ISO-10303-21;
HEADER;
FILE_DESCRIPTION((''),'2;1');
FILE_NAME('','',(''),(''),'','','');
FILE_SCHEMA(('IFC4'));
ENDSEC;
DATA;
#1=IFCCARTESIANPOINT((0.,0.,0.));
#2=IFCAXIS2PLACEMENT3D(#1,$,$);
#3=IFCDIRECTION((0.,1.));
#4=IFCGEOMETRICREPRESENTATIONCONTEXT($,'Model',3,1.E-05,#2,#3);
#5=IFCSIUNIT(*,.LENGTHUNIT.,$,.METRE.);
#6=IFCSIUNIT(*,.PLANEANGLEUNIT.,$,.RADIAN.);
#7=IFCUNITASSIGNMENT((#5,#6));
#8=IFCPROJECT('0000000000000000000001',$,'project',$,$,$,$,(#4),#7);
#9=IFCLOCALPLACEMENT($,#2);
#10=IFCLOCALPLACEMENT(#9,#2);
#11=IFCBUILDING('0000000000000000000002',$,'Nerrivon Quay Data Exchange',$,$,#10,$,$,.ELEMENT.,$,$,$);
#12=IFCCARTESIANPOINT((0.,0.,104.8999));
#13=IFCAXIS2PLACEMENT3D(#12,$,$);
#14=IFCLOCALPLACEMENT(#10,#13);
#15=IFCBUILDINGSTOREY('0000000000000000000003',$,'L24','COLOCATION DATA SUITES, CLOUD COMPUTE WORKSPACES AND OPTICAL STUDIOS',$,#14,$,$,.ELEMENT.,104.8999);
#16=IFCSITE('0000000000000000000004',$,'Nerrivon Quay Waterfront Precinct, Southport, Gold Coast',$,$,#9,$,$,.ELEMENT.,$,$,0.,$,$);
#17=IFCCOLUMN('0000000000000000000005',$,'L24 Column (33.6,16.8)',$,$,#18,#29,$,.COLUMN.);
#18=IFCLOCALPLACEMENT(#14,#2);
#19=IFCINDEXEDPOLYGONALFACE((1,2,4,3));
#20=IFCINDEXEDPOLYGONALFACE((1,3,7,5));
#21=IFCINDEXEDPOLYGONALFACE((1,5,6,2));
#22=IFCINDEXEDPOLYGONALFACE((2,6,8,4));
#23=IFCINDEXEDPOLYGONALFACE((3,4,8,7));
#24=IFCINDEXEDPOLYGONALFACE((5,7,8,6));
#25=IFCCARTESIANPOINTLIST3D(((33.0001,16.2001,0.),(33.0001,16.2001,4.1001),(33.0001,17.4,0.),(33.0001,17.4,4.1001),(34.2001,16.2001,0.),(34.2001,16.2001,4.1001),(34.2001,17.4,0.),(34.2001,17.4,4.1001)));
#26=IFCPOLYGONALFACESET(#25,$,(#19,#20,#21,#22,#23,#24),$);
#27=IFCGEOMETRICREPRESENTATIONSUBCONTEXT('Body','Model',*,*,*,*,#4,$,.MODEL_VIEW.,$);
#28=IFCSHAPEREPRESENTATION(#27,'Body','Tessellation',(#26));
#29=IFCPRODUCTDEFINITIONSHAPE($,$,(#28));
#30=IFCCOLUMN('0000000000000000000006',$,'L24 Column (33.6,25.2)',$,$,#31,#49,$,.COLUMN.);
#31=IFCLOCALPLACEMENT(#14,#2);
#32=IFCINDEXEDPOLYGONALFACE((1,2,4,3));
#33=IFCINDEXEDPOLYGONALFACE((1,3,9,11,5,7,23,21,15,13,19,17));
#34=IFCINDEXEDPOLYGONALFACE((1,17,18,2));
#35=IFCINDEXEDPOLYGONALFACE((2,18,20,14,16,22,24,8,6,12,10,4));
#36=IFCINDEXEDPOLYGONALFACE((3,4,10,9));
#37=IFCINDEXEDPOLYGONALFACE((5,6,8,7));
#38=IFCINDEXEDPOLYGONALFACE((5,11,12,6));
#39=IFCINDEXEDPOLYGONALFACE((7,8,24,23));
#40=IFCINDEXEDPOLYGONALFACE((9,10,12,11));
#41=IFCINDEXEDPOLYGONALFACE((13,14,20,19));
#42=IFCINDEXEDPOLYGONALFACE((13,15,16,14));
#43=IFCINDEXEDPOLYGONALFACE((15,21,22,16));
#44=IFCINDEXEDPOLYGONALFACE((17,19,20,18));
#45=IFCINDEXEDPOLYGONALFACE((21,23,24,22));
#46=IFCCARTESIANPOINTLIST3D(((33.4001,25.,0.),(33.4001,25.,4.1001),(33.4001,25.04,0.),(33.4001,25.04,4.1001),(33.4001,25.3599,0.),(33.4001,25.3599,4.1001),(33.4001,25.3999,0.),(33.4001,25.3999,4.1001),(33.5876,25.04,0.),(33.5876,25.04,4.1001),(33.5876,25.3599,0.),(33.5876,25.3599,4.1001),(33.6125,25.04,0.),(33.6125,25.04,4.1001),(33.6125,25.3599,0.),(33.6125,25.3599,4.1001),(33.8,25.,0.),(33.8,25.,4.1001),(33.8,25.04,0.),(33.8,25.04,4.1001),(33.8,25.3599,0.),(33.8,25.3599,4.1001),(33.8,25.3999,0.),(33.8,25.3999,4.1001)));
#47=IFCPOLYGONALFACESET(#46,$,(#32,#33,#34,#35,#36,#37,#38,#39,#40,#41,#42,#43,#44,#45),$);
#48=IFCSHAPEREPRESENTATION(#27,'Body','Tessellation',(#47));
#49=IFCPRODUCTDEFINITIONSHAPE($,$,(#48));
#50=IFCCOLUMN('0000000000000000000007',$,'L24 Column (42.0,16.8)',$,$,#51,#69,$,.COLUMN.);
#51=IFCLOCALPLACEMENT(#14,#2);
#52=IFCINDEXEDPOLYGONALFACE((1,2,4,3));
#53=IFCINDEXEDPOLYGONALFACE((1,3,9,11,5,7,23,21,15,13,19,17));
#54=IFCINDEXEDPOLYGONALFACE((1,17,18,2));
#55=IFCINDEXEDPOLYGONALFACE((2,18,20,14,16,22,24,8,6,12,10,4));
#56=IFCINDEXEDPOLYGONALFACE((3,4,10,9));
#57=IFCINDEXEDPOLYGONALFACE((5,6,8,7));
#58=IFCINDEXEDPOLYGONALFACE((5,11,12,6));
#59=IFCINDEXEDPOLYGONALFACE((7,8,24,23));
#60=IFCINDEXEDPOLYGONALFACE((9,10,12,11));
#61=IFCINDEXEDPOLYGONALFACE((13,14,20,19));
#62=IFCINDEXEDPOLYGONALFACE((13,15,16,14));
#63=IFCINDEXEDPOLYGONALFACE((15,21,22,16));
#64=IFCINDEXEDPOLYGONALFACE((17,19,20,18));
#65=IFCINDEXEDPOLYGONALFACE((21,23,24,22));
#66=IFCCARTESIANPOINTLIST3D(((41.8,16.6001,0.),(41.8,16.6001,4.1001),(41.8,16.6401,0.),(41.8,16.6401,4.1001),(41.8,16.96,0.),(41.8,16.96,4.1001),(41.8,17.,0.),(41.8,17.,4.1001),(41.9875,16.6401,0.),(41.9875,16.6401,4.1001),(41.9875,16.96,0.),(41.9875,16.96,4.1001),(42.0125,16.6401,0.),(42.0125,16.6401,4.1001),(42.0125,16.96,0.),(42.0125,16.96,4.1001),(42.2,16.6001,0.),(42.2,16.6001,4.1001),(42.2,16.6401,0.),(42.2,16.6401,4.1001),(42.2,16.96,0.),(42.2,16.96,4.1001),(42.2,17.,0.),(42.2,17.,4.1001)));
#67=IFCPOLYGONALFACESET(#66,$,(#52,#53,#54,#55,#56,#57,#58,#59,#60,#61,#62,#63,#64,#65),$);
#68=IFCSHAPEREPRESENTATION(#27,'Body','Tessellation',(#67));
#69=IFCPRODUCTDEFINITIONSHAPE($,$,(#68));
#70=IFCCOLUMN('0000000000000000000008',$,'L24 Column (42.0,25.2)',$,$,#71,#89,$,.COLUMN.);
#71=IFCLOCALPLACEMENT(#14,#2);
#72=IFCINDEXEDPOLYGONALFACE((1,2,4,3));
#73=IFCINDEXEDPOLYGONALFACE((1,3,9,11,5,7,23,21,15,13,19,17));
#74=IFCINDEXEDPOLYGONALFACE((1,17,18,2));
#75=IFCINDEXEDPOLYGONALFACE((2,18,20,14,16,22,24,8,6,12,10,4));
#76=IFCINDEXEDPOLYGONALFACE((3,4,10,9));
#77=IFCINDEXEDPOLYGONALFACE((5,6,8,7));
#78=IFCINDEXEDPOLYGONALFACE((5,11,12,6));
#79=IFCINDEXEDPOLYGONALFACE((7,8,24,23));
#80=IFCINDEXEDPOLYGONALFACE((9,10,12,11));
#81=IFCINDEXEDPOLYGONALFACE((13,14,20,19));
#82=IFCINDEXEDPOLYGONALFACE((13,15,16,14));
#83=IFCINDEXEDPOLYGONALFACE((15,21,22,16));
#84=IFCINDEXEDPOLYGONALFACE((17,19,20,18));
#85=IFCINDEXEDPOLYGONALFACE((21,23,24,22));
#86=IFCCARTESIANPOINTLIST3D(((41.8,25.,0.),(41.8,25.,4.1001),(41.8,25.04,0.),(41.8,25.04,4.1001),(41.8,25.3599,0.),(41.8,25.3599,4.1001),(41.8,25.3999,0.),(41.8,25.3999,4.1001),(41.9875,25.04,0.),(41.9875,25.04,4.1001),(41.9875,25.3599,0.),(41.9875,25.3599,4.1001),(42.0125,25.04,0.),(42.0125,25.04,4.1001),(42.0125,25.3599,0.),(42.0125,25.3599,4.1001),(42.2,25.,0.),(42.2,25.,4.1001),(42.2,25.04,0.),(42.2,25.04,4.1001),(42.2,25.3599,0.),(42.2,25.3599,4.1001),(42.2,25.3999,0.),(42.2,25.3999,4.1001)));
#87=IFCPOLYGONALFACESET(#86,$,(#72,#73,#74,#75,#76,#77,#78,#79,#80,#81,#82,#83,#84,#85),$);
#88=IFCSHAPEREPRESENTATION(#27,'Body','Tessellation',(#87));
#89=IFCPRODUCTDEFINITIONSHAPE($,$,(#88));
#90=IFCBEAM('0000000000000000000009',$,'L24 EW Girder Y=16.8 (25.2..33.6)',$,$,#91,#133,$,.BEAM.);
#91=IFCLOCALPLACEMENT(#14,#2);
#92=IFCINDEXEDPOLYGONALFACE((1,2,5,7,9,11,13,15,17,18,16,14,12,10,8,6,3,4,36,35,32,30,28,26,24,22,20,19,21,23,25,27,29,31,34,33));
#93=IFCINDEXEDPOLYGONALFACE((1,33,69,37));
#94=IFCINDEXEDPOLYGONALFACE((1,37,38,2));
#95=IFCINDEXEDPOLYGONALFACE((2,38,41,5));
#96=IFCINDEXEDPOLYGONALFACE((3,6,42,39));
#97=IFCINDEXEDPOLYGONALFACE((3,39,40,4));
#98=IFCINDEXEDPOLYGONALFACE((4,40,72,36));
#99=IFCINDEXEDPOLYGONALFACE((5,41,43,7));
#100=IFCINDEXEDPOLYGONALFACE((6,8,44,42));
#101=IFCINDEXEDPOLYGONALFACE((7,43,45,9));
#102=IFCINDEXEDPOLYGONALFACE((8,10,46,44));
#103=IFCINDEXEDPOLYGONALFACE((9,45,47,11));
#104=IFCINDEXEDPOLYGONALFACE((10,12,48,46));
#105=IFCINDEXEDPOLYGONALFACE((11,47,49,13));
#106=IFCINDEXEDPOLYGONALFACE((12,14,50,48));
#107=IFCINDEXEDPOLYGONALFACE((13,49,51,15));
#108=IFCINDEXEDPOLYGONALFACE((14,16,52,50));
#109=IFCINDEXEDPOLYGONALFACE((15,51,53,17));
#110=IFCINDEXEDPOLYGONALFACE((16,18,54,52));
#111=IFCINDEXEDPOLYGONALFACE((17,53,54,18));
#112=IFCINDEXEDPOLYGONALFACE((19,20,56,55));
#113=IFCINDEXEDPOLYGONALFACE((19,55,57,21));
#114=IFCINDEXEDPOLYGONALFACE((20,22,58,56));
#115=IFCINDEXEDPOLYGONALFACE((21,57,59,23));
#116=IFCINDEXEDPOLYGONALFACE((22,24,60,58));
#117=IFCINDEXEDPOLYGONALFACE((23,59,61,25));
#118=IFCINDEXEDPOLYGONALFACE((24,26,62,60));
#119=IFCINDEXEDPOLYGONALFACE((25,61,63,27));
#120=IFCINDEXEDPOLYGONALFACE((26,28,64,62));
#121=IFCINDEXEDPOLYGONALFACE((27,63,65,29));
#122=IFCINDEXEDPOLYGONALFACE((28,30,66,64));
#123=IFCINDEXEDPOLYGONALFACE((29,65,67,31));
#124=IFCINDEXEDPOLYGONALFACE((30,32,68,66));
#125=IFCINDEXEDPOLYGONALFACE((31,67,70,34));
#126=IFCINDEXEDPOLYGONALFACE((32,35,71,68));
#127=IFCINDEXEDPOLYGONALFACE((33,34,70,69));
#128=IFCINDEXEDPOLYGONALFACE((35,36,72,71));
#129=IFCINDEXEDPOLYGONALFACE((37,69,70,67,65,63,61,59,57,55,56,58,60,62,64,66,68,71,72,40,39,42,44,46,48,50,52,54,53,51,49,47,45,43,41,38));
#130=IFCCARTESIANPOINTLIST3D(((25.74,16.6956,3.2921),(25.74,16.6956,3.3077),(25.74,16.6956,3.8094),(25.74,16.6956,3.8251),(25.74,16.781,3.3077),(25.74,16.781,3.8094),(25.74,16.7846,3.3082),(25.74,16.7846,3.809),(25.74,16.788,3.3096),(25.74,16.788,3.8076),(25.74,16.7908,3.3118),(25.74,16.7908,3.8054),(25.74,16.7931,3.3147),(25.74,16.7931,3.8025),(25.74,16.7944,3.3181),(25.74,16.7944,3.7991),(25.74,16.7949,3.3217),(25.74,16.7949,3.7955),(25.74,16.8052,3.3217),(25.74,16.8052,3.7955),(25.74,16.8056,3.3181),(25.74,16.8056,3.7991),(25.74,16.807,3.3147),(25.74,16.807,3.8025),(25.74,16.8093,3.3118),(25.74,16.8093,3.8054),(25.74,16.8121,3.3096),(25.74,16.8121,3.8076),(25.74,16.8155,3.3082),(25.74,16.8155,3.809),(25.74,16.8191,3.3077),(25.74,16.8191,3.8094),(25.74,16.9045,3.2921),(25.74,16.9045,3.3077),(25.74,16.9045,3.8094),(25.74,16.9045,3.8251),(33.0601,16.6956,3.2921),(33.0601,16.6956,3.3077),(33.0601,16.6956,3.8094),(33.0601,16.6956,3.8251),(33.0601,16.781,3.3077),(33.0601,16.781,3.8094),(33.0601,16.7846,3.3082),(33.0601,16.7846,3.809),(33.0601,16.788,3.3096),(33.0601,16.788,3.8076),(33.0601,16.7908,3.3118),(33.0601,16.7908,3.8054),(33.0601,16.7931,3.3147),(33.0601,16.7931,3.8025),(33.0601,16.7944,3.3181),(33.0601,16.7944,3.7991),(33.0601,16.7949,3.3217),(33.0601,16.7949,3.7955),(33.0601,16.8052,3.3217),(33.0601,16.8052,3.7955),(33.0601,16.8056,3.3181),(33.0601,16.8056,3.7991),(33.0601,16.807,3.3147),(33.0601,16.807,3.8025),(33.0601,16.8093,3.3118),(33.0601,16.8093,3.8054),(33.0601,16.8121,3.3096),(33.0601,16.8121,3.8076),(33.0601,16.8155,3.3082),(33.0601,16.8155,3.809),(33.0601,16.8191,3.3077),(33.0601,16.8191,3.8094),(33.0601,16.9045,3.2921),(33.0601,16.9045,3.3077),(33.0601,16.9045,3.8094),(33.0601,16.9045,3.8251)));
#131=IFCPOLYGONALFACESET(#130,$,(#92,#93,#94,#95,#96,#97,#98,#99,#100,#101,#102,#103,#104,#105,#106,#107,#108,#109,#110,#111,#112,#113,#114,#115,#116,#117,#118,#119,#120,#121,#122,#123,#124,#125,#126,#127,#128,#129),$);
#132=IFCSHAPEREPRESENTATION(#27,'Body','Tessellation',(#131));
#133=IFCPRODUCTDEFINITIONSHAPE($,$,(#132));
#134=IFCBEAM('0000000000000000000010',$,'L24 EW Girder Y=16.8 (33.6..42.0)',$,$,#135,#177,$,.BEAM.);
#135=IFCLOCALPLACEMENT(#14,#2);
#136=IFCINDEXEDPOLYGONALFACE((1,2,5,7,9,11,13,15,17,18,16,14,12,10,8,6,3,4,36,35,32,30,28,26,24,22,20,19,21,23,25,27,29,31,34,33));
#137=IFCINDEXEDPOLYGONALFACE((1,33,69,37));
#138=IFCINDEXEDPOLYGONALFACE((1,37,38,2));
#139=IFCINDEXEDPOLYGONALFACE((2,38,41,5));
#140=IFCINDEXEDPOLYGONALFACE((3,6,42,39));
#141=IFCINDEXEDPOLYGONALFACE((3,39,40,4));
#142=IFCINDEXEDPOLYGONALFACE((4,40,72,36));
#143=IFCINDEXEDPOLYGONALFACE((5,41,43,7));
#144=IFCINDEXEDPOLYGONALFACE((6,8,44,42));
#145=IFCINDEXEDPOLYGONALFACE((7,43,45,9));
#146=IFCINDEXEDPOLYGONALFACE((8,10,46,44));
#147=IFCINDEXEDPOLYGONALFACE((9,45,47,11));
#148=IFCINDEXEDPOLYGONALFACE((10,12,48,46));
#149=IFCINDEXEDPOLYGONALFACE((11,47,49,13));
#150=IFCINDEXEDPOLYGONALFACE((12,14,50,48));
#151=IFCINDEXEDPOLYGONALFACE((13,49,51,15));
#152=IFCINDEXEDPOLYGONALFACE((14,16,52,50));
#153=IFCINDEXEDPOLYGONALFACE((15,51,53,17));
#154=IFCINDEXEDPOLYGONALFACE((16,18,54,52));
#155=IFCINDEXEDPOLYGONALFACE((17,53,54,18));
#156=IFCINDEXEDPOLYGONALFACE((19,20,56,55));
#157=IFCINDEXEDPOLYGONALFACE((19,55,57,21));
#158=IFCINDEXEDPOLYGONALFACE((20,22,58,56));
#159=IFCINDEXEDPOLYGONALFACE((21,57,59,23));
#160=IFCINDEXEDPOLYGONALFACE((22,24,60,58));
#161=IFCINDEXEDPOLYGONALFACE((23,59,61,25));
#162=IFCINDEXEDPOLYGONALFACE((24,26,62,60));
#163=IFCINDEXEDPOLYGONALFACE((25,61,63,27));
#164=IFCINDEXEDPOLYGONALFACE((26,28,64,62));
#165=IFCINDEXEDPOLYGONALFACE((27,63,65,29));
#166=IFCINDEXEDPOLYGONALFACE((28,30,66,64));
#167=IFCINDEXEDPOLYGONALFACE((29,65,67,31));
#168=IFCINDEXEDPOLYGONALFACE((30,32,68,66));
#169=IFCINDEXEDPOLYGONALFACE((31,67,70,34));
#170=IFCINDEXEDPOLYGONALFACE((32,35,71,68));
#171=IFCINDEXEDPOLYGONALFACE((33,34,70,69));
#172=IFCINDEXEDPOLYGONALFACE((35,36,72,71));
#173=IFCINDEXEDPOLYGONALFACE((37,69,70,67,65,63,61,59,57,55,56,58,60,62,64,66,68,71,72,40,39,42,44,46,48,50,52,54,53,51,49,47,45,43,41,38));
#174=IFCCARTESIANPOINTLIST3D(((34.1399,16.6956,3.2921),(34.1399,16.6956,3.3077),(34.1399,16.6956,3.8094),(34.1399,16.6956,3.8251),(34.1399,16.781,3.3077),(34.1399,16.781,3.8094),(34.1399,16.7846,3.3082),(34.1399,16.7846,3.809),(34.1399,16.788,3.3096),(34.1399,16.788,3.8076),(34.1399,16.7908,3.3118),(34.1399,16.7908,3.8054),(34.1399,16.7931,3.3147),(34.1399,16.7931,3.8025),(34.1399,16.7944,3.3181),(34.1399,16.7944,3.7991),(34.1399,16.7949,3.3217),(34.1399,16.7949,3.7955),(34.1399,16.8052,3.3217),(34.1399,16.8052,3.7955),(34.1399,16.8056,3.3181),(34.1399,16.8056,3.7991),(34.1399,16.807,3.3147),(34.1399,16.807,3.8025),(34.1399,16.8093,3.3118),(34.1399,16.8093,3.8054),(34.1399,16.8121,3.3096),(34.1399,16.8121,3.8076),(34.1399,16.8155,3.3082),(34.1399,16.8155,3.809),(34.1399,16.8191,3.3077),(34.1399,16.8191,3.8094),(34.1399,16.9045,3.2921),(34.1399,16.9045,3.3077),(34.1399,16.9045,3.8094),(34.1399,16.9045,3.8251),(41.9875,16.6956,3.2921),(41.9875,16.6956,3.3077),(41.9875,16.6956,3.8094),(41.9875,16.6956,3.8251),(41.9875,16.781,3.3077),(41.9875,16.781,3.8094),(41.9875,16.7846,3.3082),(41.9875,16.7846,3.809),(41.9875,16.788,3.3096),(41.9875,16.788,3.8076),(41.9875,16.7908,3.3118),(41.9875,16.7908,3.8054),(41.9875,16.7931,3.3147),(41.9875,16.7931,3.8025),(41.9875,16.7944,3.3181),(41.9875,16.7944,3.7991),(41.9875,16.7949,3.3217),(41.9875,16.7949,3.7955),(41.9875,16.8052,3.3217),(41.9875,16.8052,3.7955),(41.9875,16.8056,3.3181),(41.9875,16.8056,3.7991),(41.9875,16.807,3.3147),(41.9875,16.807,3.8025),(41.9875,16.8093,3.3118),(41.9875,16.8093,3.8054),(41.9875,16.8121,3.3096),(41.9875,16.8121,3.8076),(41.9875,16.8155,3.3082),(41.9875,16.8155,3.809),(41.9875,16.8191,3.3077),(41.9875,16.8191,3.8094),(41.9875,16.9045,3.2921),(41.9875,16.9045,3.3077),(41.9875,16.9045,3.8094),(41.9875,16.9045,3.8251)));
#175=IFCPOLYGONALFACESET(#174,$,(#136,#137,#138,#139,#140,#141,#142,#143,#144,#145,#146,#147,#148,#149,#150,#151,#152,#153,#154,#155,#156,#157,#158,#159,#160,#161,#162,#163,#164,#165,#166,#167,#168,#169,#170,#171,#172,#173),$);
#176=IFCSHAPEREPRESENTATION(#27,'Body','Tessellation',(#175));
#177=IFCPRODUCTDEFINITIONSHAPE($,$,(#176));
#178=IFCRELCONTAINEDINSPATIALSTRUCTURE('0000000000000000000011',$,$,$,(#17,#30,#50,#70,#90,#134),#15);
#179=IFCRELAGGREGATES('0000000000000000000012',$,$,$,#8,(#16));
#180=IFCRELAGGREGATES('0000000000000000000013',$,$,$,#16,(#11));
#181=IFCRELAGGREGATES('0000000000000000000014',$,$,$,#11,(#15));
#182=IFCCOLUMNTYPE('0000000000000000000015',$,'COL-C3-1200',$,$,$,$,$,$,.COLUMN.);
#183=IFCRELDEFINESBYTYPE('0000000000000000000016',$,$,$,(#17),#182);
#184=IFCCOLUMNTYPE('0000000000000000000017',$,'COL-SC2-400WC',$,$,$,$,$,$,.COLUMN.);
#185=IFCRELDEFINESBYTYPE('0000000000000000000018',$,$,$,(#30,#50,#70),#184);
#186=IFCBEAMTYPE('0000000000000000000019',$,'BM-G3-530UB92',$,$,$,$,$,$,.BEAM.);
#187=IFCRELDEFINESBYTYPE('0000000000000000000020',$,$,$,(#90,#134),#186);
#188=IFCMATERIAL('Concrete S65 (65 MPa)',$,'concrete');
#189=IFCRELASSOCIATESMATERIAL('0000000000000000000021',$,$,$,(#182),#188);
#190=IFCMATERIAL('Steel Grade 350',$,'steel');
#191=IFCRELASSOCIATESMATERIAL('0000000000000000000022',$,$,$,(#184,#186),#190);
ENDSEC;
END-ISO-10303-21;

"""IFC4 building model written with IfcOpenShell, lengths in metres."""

from ifc_helpers import new_model, si_unit, direction, frame, origin, origin_2d, place, context, subcontext, project, spatial, rectangle, i_section, extrude, material, material_profile, profile_set, type_object, element, save


model = new_model("IFC4")

# Units and contexts
model_context = context("Model", 3, precision=1e-05, world=origin(), true_north=direction((0.0, 1.0)))
body_context = subcontext(model_context, "Body", "Model", "MODEL_VIEW")
ifc_project = project(units=[si_unit("LENGTHUNIT", "METRE"), si_unit("PLANEANGLEUNIT", "RADIAN")], contexts=[model_context])

# Site, building, storey
site_placement = place(None, origin())
site = spatial("IfcSite", under=ifc_project, at=site_placement, Name="Nerrivon Quay Waterfront Precinct, Southport, Gold Coast", CompositionType="ELEMENT", RefElevation=0.0)
building_placement = place(site_placement, origin())
building = spatial("IfcBuilding", under=site, at=building_placement, Name="Nerrivon Quay Data Exchange", CompositionType="ELEMENT")
storey_placement = place(building_placement, frame((0.0, 0.0, 104.8999)))
storey = spatial("IfcBuildingStorey", under=building, at=storey_placement, Name="L24", Description="COLOCATION DATA SUITES, CLOUD COMPUTE WORKSPACES AND OPTICAL STUDIOS", CompositionType="ELEMENT", Elevation=104.8999)

# Columns
ifc_material_1 = material(Name="Concrete S65 (65 MPa)", Category="concrete")
ifc_material_profile_1 = material_profile(ifc_material_1, rectangle(XDim=1.2, YDim=1.2, at=origin_2d()), Name="RC-COL-1200x1200")
ifc_profile_set_1 = profile_set([ifc_material_profile_1], Name="Concrete S65 (65 MPa)")
column_type_1 = type_object("IfcColumnType", Name="COL-C3-1200", PredefinedType="COLUMN", material=ifc_profile_set_1)
column_placement = place(storey_placement, frame((33.6001, 16.8, 0.0), z_axis=(0.0, 0.0, 1.0), x_axis=(1.0, 0.0, 0.0)))
element("IfcColumn", 1, at=column_placement, inside=storey, type_object=column_type_1, Name="L24 Column (33.6,16.8)", PredefinedType="COLUMN", context=body_context, shape_type="SweptSolid", body=[
    extrude(rectangle(XDim=1.2, YDim=1.2, at=origin_2d()), origin(), (0.0, 0.0, 1.0), 4.1001),
])
ifc_material_2 = material(Name="Steel Grade 350", Category="steel")
ifc_material_profile_2 = material_profile(ifc_material_2, i_section(OverallWidth=0.3999, OverallDepth=0.3999, WebThickness=0.0249, FlangeThickness=0.04, at=origin_2d()), Name="400WC328")
ifc_profile_set_2 = profile_set([ifc_material_profile_2], Name="Steel Grade 350")
column_type_2 = type_object("IfcColumnType", Name="COL-SC2-400WC", PredefinedType="COLUMN", material=ifc_profile_set_2)
for number, where, z_axis, x_axis, name in (
    (2, (33.6001, 25.2, 0.0), (0.0, 0.0, 1.0), (1.0, 0.0, 0.0), "L24 Column (33.6,25.2)"),
    (3, (42.0, 16.8, 0.0), (0.0, 0.0, 1.0), (1.0, 0.0, 0.0), "L24 Column (42.0,16.8)"),
    (4, (42.0, 25.2, 0.0), (0.0, 0.0, 1.0), (1.0, 0.0, 0.0), "L24 Column (42.0,25.2)"),
):
    element("IfcColumn", number, at=place(storey_placement, frame(where, z_axis=z_axis, x_axis=x_axis)), inside=storey, type_object=column_type_2, Name=name, PredefinedType="COLUMN", context=body_context, shape_type="SweptSolid", body=[
        extrude(i_section(OverallWidth=0.3999, OverallDepth=0.3999, WebThickness=0.0249, FlangeThickness=0.04, at=origin_2d()), origin(), (0.0, 0.0, 1.0), 4.1001),
    ])

# Beams
ifc_material_profile_3 = material_profile(ifc_material_2, i_section(OverallWidth=0.209, OverallDepth=0.533, WebThickness=0.0103, FlangeThickness=0.0156, FilletRadius=0.0139, at=origin_2d()), Name="530UB92.4")
ifc_profile_set_3 = profile_set([ifc_material_profile_3], Name="Steel Grade 350")
beam_type_1 = type_object("IfcBeamType", Name="BM-G3-530UB92", PredefinedType="BEAM", material=ifc_profile_set_3)
beam_1_placement = place(storey_placement, frame((25.74, 16.8, 3.5586), z_axis=(1.0, 0.0, 0.0), x_axis=(0.0, 1.0, 0.0)))
element("IfcBeam", 5, at=beam_1_placement, inside=storey, type_object=beam_type_1, Name="L24 EW Girder Y=16.8 (25.2..33.6)", PredefinedType="BEAM", context=body_context, shape_type="SweptSolid", body=[
    extrude(i_section(OverallWidth=0.209, OverallDepth=0.533, WebThickness=0.0103, FlangeThickness=0.0156, FilletRadius=0.0139, at=origin_2d()), origin(), (0.0, 0.0, 1.0), 7.3201),
])
beam_2_placement = place(storey_placement, frame((34.1399, 16.8, 3.5586), z_axis=(1.0, 0.0, 0.0), x_axis=(0.0, 1.0, 0.0)))
element("IfcBeam", 6, at=beam_2_placement, inside=storey, type_object=beam_type_1, Name="L24 EW Girder Y=16.8 (33.6..42.0)", PredefinedType="BEAM", context=body_context, shape_type="SweptSolid", body=[
    extrude(i_section(OverallWidth=0.209, OverallDepth=0.533, WebThickness=0.0103, FlangeThickness=0.0156, FilletRadius=0.0139, at=origin_2d()), origin(), (0.0, 0.0, 1.0), 7.8477),
])

save(model, "model.ifc")
